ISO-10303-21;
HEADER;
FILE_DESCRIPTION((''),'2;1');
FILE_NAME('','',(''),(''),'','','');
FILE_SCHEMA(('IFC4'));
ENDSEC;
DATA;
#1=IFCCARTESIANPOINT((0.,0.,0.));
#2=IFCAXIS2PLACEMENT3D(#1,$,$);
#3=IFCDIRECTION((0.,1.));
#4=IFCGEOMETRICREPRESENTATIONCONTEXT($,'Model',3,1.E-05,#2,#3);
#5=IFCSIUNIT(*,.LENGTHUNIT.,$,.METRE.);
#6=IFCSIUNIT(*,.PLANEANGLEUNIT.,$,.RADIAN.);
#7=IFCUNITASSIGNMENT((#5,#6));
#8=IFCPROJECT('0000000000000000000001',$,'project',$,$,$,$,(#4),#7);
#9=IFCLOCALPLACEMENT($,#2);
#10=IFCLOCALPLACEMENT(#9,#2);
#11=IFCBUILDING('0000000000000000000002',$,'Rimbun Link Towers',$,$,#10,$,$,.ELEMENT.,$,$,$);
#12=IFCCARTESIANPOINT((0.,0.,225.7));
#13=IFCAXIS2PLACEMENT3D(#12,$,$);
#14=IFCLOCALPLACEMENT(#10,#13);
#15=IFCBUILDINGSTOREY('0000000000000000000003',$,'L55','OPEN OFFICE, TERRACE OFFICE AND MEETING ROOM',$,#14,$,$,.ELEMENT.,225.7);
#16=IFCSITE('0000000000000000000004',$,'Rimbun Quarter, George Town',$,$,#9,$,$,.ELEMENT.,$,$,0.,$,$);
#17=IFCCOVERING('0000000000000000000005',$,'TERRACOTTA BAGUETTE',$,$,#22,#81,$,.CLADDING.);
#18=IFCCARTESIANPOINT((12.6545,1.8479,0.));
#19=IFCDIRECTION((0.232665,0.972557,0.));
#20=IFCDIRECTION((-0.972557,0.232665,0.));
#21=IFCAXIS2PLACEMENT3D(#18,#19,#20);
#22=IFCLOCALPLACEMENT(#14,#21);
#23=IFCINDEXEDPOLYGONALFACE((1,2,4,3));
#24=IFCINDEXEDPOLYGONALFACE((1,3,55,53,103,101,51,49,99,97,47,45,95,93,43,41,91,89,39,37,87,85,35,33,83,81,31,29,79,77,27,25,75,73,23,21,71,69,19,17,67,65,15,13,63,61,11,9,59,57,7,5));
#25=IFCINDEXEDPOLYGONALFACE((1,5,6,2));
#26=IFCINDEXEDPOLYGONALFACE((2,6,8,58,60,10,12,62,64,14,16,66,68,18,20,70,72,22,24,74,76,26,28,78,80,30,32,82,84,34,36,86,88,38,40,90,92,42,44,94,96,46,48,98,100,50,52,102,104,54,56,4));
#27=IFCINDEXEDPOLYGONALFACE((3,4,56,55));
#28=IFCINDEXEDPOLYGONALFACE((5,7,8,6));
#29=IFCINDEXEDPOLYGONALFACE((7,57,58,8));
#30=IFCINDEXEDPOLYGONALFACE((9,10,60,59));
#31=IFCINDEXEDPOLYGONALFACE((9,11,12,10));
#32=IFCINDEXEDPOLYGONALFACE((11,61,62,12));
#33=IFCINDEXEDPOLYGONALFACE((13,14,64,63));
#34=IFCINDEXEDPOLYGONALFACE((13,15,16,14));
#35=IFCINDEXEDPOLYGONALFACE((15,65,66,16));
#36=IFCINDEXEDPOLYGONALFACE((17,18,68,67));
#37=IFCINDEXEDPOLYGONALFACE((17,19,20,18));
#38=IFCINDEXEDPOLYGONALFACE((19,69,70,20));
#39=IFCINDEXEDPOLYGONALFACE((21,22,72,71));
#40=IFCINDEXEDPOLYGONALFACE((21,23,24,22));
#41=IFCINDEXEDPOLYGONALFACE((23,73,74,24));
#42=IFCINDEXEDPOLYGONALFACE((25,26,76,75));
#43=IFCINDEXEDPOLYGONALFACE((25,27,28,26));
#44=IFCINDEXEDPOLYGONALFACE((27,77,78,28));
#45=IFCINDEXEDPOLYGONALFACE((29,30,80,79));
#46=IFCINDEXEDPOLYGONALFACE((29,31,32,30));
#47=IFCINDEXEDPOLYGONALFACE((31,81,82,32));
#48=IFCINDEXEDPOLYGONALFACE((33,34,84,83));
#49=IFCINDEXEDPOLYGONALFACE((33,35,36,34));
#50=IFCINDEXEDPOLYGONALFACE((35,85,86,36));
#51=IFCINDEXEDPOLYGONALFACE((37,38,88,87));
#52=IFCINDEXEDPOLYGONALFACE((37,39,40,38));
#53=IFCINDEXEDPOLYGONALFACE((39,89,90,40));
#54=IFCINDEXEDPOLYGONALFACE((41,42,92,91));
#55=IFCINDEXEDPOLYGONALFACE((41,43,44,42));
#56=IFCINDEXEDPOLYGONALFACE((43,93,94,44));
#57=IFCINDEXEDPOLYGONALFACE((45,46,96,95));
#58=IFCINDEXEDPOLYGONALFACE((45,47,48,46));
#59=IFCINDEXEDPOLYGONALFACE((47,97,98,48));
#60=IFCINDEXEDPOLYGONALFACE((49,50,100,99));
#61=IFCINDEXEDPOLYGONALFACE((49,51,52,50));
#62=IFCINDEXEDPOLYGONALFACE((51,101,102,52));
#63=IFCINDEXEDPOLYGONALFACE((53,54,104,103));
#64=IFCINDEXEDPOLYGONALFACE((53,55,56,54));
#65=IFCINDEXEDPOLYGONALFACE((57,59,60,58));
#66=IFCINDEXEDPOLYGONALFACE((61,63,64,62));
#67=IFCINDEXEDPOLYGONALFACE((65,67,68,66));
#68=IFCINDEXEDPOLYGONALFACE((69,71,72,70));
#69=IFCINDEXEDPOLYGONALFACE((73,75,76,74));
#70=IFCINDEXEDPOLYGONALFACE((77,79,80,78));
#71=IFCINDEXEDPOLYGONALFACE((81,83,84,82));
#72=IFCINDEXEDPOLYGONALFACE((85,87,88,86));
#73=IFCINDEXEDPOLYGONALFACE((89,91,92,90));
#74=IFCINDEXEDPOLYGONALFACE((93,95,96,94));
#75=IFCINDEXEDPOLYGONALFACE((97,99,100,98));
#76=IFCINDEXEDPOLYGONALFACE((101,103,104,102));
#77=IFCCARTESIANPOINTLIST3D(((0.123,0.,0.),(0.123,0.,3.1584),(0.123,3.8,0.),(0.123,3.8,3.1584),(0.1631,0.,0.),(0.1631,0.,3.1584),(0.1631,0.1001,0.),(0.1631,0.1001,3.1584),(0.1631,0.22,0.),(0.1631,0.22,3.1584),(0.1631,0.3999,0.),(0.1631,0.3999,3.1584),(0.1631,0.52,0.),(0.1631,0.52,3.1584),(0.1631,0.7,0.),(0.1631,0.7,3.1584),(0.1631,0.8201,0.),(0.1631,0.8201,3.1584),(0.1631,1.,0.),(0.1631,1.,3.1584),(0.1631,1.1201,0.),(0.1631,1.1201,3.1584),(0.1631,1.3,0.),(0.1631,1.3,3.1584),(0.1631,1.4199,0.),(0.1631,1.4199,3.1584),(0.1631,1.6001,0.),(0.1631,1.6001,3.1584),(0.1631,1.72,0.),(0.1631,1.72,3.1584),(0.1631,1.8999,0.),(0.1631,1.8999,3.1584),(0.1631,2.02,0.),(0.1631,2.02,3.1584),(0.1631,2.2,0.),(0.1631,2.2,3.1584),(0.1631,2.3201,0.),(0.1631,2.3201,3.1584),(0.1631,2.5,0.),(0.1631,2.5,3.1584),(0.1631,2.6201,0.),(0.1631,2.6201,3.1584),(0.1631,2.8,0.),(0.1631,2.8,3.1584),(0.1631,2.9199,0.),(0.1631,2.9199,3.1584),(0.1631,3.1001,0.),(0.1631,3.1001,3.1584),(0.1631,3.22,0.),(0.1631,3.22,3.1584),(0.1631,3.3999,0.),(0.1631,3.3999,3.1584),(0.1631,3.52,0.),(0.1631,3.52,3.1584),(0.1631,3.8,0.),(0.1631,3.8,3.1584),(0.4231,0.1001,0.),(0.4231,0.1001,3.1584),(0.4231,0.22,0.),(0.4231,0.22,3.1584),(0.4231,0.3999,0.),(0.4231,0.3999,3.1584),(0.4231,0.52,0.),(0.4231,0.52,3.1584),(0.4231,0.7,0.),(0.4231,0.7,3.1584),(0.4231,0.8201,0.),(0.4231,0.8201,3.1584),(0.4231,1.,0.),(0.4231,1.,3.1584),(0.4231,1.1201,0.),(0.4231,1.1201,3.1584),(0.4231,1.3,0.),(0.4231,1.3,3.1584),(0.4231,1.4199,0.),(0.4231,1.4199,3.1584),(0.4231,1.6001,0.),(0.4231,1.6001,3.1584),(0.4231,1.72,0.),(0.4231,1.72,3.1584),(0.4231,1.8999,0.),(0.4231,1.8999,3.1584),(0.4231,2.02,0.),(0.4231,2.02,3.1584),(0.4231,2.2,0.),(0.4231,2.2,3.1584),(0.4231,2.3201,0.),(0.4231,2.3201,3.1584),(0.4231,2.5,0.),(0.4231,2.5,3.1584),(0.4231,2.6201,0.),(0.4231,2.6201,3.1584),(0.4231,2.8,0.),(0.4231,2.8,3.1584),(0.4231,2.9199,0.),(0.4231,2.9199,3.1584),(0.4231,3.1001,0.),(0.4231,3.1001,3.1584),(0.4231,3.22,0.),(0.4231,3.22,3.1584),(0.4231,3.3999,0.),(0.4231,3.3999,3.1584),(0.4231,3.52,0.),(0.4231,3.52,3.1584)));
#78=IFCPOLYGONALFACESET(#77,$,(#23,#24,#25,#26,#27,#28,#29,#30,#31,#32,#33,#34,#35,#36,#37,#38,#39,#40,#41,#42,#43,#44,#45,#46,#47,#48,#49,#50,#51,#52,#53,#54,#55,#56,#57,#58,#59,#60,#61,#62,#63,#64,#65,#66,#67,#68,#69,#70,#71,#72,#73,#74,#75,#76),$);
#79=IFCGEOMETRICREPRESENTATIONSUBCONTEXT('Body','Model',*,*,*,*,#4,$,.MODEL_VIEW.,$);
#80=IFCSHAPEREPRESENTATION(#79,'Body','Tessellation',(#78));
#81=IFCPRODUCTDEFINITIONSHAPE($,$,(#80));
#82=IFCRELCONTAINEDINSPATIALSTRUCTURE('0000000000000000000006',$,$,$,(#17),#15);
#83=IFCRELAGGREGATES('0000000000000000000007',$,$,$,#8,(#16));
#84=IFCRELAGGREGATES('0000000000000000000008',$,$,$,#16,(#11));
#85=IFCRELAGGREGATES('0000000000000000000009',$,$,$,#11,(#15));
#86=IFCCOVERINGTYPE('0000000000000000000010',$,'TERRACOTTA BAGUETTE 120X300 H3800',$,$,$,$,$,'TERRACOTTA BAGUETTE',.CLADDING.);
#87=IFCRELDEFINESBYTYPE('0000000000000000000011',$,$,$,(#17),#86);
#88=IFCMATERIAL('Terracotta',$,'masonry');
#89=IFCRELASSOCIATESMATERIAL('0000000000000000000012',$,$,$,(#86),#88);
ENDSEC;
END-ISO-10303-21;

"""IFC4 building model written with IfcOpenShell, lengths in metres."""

from ifc_helpers import new_model, si_unit, direction, frame, origin, place, context, subcontext, project, spatial, polyline, outline, extrude, material, material_profile, profile_set, type_object, element, save


model = new_model("IFC4")

# Units and contexts
model_context = context("Model", 3, precision=1e-05, world=origin(), true_north=direction((0.0, 1.0)))
body_context = subcontext(model_context, "Body", "Model", "MODEL_VIEW")
ifc_project = project(units=[si_unit("LENGTHUNIT", "METRE"), si_unit("PLANEANGLEUNIT", "RADIAN")], contexts=[model_context])

# Site, building, storey
site_placement = place(None, origin())
site = spatial("IfcSite", under=ifc_project, at=site_placement, Name="Rimbun Quarter, George Town", CompositionType="ELEMENT", RefElevation=0.0)
building_placement = place(site_placement, origin())
building = spatial("IfcBuilding", under=site, at=building_placement, Name="Rimbun Link Towers", CompositionType="ELEMENT")
storey_placement = place(building_placement, frame((0.0, 0.0, 225.7)))
storey = spatial("IfcBuildingStorey", under=building, at=storey_placement, Name="L55", Description="OPEN OFFICE, TERRACE OFFICE AND MEETING ROOM", CompositionType="ELEMENT", Elevation=225.7)

# Covering
ifc_material_1 = material(Name="Terracotta", Category="masonry")
ifc_material_profile_1 = material_profile(ifc_material_1, outline(polyline([(0.123, 0.0), (0.1631, 0.0), (0.1631, 0.1001), (0.4231, 0.1001), (0.4231, 0.22), (0.1631, 0.22), (0.1631, 0.3999), (0.4231, 0.3999), (0.4231, 0.52), (0.1631, 0.52), (0.1631, 0.7), (0.4231, 0.7), (0.4231, 0.8201), (0.1631, 0.8201), (0.1631, 1.0), (0.4231, 1.0), (0.4231, 1.1201), (0.1631, 1.1201), (0.1631, 1.3), (0.4231, 1.3), (0.4231, 1.4199), (0.1631, 1.4199), (0.1631, 1.6001), (0.4231, 1.6001), (0.4231, 1.72), (0.1631, 1.72), (0.1631, 1.8999), (0.4231, 1.8999), (0.4231, 2.02), (0.1631, 2.02), (0.1631, 2.2), (0.4231, 2.2), (0.4231, 2.3201), (0.1631, 2.3201), (0.1631, 2.5), (0.4231, 2.5), (0.4231, 2.6201), (0.1631, 2.6201), (0.1631, 2.8), (0.4231, 2.8), (0.4231, 2.9199), (0.1631, 2.9199), (0.1631, 3.1001), (0.4231, 3.1001), (0.4231, 3.22), (0.1631, 3.22), (0.1631, 3.3999), (0.4231, 3.3999), (0.4231, 3.52), (0.1631, 3.52), (0.1631, 3.8), (0.123, 3.8), (0.123, 0.0)])), Name="BAGUETTE 120X300")
ifc_profile_set_1 = profile_set([ifc_material_profile_1], Name="Terracotta")
covering_type_1 = type_object("IfcCoveringType", Name="TERRACOTTA BAGUETTE 120X300 H3800", ElementType="TERRACOTTA BAGUETTE", PredefinedType="CLADDING", material=ifc_profile_set_1)
covering_1_placement = place(storey_placement, frame((12.6545, 1.8479, 0.0), z_axis=(0.232665, 0.972557, 0.0), x_axis=(-0.972557, 0.232665, 0.0)))
element("IfcCovering", 1, at=covering_1_placement, inside=storey, type_object=covering_type_1, Name="TERRACOTTA BAGUETTE", PredefinedType="CLADDING", context=body_context, shape_type="SweptSolid", body=[
    extrude(outline(polyline([(0.123, 0.0), (0.1631, 0.0), (0.1631, 0.1001), (0.4231, 0.1001), (0.4231, 0.22), (0.1631, 0.22), (0.1631, 0.3999), (0.4231, 0.3999), (0.4231, 0.52), (0.1631, 0.52), (0.1631, 0.7), (0.4231, 0.7), (0.4231, 0.8201), (0.1631, 0.8201), (0.1631, 1.0), (0.4231, 1.0), (0.4231, 1.1201), (0.1631, 1.1201), (0.1631, 1.3), (0.4231, 1.3), (0.4231, 1.4199), (0.1631, 1.4199), (0.1631, 1.6001), (0.4231, 1.6001), (0.4231, 1.72), (0.1631, 1.72), (0.1631, 1.8999), (0.4231, 1.8999), (0.4231, 2.02), (0.1631, 2.02), (0.1631, 2.2), (0.4231, 2.2), (0.4231, 2.3201), (0.1631, 2.3201), (0.1631, 2.5), (0.4231, 2.5), (0.4231, 2.6201), (0.1631, 2.6201), (0.1631, 2.8), (0.4231, 2.8), (0.4231, 2.9199), (0.1631, 2.9199), (0.1631, 3.1001), (0.4231, 3.1001), (0.4231, 3.22), (0.1631, 3.22), (0.1631, 3.3999), (0.4231, 3.3999), (0.4231, 3.52), (0.1631, 3.52), (0.1631, 3.8), (0.123, 3.8), (0.123, 0.0)])), origin(), (0.0, 0.0, 1.0), 3.1584),
])

save(model, "model.ifc")
